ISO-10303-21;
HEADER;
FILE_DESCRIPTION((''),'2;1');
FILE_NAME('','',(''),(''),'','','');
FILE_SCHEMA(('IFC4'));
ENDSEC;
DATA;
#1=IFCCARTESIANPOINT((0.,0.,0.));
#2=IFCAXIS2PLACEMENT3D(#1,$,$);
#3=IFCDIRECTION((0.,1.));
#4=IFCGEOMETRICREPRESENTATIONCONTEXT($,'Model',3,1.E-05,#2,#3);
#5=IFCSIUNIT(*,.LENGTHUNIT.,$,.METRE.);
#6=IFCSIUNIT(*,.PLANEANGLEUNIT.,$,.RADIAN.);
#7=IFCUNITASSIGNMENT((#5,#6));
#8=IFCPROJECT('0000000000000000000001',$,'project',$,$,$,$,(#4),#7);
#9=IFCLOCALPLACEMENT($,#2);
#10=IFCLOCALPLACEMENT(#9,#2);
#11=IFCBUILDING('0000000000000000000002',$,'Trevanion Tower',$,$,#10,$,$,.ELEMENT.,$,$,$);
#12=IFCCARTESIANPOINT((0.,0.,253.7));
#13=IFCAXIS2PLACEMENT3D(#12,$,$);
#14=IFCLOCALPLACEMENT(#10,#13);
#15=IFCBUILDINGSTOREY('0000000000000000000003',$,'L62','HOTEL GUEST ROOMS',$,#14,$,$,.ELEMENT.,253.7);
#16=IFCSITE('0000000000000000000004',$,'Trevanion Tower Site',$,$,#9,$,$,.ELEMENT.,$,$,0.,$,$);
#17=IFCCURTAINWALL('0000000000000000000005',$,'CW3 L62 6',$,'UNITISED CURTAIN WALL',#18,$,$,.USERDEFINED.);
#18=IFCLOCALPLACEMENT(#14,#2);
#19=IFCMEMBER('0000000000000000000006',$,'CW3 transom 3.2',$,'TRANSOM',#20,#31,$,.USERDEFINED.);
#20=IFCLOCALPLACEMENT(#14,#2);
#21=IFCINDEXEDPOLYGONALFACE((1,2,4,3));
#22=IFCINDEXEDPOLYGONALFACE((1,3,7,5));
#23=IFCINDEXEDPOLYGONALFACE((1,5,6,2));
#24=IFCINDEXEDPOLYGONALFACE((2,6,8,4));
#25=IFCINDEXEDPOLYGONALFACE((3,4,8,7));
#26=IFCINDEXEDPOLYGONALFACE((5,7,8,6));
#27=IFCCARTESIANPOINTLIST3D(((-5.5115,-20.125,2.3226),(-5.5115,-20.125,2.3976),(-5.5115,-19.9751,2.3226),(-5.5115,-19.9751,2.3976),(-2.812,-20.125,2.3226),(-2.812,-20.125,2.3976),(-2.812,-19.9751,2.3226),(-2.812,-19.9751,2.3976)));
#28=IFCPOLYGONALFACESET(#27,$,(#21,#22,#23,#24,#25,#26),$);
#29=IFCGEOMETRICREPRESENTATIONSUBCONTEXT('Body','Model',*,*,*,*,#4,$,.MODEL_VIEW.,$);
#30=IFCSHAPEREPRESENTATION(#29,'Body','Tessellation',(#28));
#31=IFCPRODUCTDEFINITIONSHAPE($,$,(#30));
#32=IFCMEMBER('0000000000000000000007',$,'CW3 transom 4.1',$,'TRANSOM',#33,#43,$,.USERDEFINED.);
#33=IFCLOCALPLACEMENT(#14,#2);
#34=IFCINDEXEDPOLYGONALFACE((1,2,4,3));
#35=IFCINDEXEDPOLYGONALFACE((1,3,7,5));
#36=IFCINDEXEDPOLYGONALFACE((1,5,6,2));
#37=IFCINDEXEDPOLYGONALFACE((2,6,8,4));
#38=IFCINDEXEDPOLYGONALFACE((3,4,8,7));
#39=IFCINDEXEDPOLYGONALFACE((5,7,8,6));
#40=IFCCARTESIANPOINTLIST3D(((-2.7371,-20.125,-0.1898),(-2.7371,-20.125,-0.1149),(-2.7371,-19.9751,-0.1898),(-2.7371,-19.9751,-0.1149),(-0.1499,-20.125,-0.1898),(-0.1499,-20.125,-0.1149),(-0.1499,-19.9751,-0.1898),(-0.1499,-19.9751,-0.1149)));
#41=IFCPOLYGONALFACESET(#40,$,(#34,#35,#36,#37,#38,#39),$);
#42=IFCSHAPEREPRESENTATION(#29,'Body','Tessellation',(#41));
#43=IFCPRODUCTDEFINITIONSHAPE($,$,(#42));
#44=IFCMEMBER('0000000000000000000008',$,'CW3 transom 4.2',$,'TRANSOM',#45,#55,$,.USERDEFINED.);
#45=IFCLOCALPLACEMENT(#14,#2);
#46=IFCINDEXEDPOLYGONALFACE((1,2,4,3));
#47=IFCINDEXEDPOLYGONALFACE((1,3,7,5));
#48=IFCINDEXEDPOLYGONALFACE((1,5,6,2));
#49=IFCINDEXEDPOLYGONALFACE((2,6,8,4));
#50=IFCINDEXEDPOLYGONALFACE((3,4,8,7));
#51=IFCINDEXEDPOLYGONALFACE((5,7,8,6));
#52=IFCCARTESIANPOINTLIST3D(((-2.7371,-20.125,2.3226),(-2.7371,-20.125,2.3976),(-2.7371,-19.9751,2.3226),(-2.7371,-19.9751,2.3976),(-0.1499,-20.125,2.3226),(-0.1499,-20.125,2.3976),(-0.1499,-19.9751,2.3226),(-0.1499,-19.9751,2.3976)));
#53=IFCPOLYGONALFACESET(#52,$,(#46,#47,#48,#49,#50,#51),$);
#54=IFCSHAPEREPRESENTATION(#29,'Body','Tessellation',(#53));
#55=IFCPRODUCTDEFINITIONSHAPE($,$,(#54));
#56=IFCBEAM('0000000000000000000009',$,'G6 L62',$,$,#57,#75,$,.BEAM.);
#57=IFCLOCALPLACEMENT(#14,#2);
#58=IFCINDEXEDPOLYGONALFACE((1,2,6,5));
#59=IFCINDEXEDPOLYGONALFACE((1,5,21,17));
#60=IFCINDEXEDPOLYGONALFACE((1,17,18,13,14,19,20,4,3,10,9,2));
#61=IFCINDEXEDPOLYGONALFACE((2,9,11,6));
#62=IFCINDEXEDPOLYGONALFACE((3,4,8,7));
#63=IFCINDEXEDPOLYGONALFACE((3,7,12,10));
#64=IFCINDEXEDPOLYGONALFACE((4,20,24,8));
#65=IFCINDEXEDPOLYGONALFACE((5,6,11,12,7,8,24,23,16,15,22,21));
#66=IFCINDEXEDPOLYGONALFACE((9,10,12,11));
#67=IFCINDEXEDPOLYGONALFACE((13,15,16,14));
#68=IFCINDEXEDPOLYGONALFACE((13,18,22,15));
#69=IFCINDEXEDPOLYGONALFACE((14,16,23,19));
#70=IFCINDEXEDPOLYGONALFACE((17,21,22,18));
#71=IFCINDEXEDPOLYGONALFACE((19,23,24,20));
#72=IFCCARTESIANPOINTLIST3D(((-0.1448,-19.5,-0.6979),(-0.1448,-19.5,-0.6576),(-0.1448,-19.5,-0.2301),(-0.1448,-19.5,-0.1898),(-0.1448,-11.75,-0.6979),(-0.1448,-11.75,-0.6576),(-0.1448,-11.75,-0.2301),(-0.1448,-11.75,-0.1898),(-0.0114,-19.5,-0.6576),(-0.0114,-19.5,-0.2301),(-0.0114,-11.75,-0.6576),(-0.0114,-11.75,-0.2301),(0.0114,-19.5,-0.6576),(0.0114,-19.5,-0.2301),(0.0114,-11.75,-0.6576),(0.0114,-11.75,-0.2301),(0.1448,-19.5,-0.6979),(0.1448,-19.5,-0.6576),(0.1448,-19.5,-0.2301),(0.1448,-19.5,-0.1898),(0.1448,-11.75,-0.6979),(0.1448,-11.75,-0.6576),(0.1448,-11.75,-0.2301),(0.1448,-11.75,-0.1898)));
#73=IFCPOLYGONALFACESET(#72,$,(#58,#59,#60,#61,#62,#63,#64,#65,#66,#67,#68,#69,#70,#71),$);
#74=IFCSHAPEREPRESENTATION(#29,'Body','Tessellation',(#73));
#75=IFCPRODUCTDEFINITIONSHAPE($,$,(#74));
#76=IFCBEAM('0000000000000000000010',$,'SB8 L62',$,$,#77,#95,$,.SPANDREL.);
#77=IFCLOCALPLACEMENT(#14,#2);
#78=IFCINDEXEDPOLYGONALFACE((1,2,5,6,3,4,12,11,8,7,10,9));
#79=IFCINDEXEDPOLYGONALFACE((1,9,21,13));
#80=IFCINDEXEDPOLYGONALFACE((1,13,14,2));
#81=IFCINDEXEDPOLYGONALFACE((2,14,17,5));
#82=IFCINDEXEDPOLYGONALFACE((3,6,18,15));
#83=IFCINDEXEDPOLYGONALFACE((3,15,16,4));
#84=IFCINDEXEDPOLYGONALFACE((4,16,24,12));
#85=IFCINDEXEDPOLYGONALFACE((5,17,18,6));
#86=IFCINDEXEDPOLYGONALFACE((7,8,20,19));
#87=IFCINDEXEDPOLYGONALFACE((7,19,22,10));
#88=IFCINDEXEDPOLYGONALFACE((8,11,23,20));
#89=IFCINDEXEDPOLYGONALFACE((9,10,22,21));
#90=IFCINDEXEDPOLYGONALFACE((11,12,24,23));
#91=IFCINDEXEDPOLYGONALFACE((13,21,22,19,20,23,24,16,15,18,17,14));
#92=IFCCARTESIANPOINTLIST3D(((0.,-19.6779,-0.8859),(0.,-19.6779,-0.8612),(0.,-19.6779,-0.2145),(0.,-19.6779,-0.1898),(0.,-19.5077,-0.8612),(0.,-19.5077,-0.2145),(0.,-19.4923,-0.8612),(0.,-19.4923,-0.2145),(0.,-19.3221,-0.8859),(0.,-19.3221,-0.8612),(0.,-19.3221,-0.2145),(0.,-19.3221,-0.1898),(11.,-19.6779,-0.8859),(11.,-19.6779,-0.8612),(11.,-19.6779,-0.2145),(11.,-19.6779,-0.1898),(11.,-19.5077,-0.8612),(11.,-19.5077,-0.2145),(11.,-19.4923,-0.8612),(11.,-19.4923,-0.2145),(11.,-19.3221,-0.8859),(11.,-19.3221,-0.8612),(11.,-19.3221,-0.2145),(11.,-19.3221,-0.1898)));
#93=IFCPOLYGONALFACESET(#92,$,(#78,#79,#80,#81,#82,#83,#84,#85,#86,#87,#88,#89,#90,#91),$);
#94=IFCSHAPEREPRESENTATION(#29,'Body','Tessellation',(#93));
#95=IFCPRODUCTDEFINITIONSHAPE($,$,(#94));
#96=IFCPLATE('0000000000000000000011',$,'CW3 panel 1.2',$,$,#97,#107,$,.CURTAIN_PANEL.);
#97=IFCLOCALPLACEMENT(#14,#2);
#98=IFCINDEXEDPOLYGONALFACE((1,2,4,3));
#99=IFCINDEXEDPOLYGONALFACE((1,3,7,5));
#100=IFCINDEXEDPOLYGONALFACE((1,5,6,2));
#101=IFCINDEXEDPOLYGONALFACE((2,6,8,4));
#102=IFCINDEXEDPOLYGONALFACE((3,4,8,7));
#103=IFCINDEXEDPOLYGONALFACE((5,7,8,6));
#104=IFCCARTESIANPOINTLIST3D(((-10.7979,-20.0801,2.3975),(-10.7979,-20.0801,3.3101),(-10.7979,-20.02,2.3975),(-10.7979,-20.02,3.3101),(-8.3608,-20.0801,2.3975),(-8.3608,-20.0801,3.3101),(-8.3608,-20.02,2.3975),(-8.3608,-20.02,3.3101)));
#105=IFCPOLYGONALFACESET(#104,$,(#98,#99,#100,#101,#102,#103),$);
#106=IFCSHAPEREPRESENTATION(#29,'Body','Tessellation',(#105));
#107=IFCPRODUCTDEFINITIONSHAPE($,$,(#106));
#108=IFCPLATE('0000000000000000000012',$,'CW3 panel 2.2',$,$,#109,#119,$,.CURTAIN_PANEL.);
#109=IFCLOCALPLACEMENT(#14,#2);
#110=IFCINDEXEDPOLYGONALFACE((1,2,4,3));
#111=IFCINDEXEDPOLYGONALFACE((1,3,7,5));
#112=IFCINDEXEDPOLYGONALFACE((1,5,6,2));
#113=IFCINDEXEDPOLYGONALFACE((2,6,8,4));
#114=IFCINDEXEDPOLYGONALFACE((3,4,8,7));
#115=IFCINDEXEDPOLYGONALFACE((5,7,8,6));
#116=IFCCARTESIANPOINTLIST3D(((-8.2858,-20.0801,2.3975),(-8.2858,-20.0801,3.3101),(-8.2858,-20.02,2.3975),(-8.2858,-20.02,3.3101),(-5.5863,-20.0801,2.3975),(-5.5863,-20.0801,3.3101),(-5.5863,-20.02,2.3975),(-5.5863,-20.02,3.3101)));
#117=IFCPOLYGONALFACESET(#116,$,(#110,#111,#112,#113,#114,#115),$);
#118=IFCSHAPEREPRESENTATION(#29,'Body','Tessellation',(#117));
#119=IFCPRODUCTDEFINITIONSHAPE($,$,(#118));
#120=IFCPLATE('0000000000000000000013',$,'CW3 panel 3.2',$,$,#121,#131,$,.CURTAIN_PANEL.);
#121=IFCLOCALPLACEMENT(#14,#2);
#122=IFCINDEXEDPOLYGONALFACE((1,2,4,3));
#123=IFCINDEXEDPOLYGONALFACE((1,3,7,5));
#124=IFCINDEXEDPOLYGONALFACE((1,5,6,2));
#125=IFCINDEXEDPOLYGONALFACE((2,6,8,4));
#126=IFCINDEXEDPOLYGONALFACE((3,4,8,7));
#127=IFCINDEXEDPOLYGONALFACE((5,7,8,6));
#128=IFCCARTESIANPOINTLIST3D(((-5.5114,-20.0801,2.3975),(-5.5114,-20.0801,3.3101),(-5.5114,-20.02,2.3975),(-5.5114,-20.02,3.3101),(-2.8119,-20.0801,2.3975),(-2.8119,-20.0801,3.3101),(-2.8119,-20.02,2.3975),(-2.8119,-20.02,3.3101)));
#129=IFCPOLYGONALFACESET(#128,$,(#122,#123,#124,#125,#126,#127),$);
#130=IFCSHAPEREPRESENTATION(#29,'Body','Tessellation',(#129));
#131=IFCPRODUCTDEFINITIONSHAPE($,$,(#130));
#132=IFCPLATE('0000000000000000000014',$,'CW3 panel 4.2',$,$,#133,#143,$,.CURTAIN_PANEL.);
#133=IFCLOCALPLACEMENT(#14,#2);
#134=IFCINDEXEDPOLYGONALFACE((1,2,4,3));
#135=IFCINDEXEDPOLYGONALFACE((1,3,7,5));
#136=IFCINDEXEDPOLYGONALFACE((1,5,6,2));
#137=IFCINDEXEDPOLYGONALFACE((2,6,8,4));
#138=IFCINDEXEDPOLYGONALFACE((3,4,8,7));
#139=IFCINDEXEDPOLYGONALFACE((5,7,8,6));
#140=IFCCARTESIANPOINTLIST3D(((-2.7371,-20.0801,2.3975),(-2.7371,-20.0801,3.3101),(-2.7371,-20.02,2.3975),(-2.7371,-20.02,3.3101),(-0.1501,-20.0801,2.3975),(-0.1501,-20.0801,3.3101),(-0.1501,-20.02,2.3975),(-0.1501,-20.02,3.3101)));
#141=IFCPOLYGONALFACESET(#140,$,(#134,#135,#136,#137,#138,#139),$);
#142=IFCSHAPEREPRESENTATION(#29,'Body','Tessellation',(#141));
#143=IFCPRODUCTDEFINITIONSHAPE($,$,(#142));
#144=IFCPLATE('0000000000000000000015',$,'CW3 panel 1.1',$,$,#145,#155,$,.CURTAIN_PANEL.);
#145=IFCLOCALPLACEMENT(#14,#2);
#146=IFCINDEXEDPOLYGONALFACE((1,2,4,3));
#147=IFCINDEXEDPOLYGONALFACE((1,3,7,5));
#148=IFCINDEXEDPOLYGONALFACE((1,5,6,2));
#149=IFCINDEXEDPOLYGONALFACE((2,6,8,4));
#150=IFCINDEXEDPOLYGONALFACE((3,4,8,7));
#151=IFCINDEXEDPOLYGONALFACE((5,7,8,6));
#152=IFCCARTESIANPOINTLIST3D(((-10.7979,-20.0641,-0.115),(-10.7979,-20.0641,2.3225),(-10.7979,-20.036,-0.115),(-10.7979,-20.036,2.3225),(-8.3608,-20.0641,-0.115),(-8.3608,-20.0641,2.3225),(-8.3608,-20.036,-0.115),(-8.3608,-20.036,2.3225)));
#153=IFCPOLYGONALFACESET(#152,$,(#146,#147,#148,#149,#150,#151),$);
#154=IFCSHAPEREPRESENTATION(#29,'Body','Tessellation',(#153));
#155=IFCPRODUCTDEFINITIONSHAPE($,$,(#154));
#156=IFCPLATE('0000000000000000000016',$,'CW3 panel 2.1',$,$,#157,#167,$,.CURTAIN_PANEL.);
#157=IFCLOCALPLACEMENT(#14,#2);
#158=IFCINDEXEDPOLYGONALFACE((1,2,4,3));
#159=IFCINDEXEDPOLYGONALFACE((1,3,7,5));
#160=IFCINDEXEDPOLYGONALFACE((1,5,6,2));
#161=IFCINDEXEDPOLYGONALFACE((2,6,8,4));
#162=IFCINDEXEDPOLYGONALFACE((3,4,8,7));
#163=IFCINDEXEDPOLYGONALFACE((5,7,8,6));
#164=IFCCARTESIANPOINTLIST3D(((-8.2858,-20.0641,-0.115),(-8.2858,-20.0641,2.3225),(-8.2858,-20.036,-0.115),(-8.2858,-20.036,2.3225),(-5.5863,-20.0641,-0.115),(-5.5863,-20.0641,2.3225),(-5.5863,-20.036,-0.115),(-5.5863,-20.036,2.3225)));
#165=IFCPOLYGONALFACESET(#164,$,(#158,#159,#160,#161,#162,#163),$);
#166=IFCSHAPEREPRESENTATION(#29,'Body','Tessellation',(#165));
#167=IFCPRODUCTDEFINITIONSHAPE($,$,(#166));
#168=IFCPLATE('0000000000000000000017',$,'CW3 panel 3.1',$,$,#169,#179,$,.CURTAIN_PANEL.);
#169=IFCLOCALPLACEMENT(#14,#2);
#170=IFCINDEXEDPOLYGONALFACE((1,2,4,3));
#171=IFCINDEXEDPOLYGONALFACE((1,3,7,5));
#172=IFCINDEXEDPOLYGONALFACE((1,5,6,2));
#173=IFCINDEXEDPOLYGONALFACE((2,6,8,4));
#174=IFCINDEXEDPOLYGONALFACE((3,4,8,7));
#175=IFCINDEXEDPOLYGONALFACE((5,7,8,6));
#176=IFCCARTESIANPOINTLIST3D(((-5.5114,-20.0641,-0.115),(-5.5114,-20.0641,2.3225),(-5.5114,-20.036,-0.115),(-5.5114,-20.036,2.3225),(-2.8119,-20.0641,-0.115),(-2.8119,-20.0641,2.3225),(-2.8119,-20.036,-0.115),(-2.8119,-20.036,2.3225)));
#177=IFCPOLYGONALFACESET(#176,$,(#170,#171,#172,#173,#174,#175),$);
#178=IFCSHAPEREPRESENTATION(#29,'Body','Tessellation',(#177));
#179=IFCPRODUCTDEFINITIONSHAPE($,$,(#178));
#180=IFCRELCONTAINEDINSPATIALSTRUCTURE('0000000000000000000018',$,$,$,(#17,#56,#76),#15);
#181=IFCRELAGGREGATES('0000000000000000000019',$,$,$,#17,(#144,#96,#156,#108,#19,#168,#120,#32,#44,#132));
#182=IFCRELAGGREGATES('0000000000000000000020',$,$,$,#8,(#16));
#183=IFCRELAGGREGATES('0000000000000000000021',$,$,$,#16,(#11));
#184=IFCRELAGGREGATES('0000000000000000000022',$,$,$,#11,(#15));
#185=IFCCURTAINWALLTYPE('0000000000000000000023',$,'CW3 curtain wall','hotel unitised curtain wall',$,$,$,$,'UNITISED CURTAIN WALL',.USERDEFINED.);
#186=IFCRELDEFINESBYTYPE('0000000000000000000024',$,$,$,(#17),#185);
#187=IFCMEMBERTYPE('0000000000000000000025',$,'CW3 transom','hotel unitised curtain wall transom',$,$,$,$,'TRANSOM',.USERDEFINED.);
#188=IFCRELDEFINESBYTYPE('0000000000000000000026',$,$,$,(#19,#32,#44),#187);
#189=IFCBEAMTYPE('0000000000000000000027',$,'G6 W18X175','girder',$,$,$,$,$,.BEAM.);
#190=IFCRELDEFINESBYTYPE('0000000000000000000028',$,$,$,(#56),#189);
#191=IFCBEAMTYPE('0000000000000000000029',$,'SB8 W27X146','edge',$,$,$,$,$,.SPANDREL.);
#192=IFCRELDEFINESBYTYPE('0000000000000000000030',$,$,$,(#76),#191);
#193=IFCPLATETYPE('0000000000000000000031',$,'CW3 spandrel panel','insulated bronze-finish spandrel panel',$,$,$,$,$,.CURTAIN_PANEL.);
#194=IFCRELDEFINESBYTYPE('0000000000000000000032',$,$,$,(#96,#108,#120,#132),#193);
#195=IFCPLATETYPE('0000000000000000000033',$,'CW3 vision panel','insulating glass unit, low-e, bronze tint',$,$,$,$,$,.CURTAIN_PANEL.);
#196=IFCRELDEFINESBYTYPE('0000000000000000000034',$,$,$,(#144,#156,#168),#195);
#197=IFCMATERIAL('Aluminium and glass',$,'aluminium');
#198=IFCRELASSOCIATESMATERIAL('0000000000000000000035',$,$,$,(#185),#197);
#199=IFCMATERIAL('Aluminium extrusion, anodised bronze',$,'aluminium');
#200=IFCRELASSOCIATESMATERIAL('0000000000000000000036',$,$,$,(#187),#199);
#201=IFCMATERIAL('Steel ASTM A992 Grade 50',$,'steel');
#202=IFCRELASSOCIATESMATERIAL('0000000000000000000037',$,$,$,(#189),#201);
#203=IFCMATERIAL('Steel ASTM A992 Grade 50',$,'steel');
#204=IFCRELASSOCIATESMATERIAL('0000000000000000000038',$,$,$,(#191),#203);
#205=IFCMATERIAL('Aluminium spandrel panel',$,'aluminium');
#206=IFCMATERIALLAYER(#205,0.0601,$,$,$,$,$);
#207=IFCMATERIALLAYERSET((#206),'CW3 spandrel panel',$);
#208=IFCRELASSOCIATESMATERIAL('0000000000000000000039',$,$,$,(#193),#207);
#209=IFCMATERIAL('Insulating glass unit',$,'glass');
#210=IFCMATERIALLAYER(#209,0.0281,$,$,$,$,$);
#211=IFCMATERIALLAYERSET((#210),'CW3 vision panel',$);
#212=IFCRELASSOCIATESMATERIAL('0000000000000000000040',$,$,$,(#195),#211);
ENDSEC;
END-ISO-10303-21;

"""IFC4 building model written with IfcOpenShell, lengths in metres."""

from ifc_helpers import new_model, si_unit, direction, frame, origin, origin_2d, place, context, subcontext, project, spatial, rectangle, i_section, extrude, material, layer, layer_set, material_profile, profile_set, type_object, element, aggregate, save


model = new_model("IFC4")

# Units and contexts
model_context = context("Model", 3, precision=1e-05, world=origin(), true_north=direction((0.0, 1.0)))
body_context = subcontext(model_context, "Body", "Model", "MODEL_VIEW")
ifc_project = project(units=[si_unit("LENGTHUNIT", "METRE"), si_unit("PLANEANGLEUNIT", "RADIAN")], contexts=[model_context])

# Site, building, storey
site_placement = place(None, origin())
site = spatial("IfcSite", under=ifc_project, at=site_placement, Name="Trevanion Tower Site", CompositionType="ELEMENT", RefElevation=0.0)
building_placement = place(site_placement, origin())
building = spatial("IfcBuilding", under=site, at=building_placement, Name="Trevanion Tower", CompositionType="ELEMENT")
storey_placement = place(building_placement, frame((0.0, 0.0, 253.7)))
storey = spatial("IfcBuildingStorey", under=building, at=storey_placement, Name="L62", Description="HOTEL GUEST ROOMS", CompositionType="ELEMENT", Elevation=253.7)

# Curtain wall, members
ifc_material_1 = material(Name="Aluminium and glass", Category="aluminium")
curtain_wall_type = type_object("IfcCurtainWallType", Name="CW3 curtain wall", Description="hotel unitised curtain wall", ElementType="UNITISED CURTAIN WALL", PredefinedType="USERDEFINED", material=ifc_material_1)
curtain_wall_placement = place(storey_placement, origin())
curtain_wall = element("IfcCurtainWall", 1, at=curtain_wall_placement, inside=storey, type_object=curtain_wall_type, Name="CW3 L62 6", ObjectType="UNITISED CURTAIN WALL", PredefinedType="USERDEFINED")
ifc_material_2 = material(Name="Aluminium extrusion, anodised bronze", Category="aluminium")
ifc_material_profile_1 = material_profile(ifc_material_2, rectangle(XDim=0.1499, YDim=0.075, at=origin_2d()), Name="CW3 transom")
ifc_profile_set_1 = profile_set([ifc_material_profile_1], Name="Aluminium extrusion, anodised bronze")
member_type_1 = type_object("IfcMemberType", Name="CW3 transom", Description="hotel unitised curtain wall transom", ElementType="TRANSOM", PredefinedType="USERDEFINED", material=ifc_profile_set_1)
member_1_placement = place(storey_placement, frame((-5.5115, -20.05, 2.3601), z_axis=(1.0, 0.0, 0.0), x_axis=(0.0, 1.0, 0.0)))
member_1 = element("IfcMember", 2, at=member_1_placement, type_object=member_type_1, Name="CW3 transom 3.2", ObjectType="TRANSOM", PredefinedType="USERDEFINED", context=body_context, shape_type="SweptSolid", body=[
    extrude(rectangle(XDim=0.1499, YDim=0.075, at=origin_2d()), origin(), (0.0, 0.0, 1.0), 2.6995),
])
member_2_placement = place(storey_placement, frame((-2.7371, -20.05, -0.1523), z_axis=(1.0, 0.0, 0.0), x_axis=(0.0, 1.0, 0.0)))
member_2 = element("IfcMember", 3, at=member_2_placement, type_object=member_type_1, Name="CW3 transom 4.1", ObjectType="TRANSOM", PredefinedType="USERDEFINED", context=body_context, shape_type="SweptSolid", body=[
    extrude(rectangle(XDim=0.1499, YDim=0.075, at=origin_2d()), origin(), (0.0, 0.0, 1.0), 2.5872),
])
member_3_placement = place(storey_placement, frame((-2.7371, -20.05, 2.3601), z_axis=(1.0, 0.0, 0.0), x_axis=(0.0, 1.0, 0.0)))
member_3 = element("IfcMember", 4, at=member_3_placement, type_object=member_type_1, Name="CW3 transom 4.2", ObjectType="TRANSOM", PredefinedType="USERDEFINED", context=body_context, shape_type="SweptSolid", body=[
    extrude(rectangle(XDim=0.1499, YDim=0.075, at=origin_2d()), origin(), (0.0, 0.0, 1.0), 2.5872),
])

# Beams
ifc_material_3 = material(Name="Steel ASTM A992 Grade 50", Category="steel")
ifc_material_profile_2 = material_profile(ifc_material_3, i_section(OverallWidth=0.2896, OverallDepth=0.5081, WebThickness=0.0227, FlangeThickness=0.0403, at=origin_2d()), Name="W18X175")
ifc_profile_set_2 = profile_set([ifc_material_profile_2], Name="Steel ASTM A992 Grade 50")
beam_type_1 = type_object("IfcBeamType", Name="G6 W18X175", Description="girder", PredefinedType="BEAM", material=ifc_profile_set_2)
beam_1_placement = place(storey_placement, frame((0.0, -11.75, -0.4438), z_axis=(0.0, -1.0, 0.0), x_axis=(1.0, 0.0, 0.0)))
element("IfcBeam", 5, at=beam_1_placement, inside=storey, type_object=beam_type_1, Name="G6 L62", PredefinedType="BEAM", context=body_context, shape_type="SweptSolid", body=[
    extrude(i_section(OverallWidth=0.2896, OverallDepth=0.5081, WebThickness=0.0227, FlangeThickness=0.0403, at=origin_2d()), origin(), (0.0, 0.0, 1.0), 7.75),
])
ifc_material_4 = material(Name="Steel ASTM A992 Grade 50", Category="steel")
ifc_material_profile_3 = material_profile(ifc_material_4, i_section(OverallWidth=0.3557, OverallDepth=0.696, WebThickness=0.0154, FlangeThickness=0.0247, at=origin_2d()), Name="W27X146")
ifc_profile_set_3 = profile_set([ifc_material_profile_3], Name="Steel ASTM A992 Grade 50")
beam_type_2 = type_object("IfcBeamType", Name="SB8 W27X146", Description="edge", PredefinedType="SPANDREL", material=ifc_profile_set_3)
beam_2_placement = place(storey_placement, frame((0.0, -19.5, -0.5378), z_axis=(1.0, 0.0, 0.0), x_axis=(0.0, 1.0, 0.0)))
element("IfcBeam", 6, at=beam_2_placement, inside=storey, type_object=beam_type_2, Name="SB8 L62", PredefinedType="SPANDREL", context=body_context, shape_type="SweptSolid", body=[
    extrude(i_section(OverallWidth=0.3557, OverallDepth=0.696, WebThickness=0.0154, FlangeThickness=0.0247, at=origin_2d()), origin(), (0.0, 0.0, 1.0), 11.0),
])

# Plates
ifc_material_5 = material(Name="Aluminium spandrel panel", Category="aluminium")
ifc_layer_1 = layer(ifc_material_5, 0.0601)
ifc_layer_set_1 = layer_set([ifc_layer_1], Name="CW3 spandrel panel")
plate_type_1 = type_object("IfcPlateType", Name="CW3 spandrel panel", Description="insulated bronze-finish spandrel panel", PredefinedType="CURTAIN_PANEL", material=ifc_layer_set_1)
plate_1_placement = place(storey_placement, frame((-9.5793, -20.05, 2.3975), z_axis=(0.0, 0.0, 1.0), x_axis=(1.0, 0.0, 0.0)))
plate_1 = element("IfcPlate", 7, at=plate_1_placement, type_object=plate_type_1, Name="CW3 panel 1.2", PredefinedType="CURTAIN_PANEL", context=body_context, shape_type="SweptSolid", body=[
    extrude(rectangle(XDim=2.437, YDim=0.0601, at=origin_2d()), origin(), (0.0, 0.0, 1.0), 0.9126),
])
plate_2_placement = place(storey_placement, frame((-6.936, -20.05, 2.3975), z_axis=(0.0, 0.0, 1.0), x_axis=(1.0, 0.0, 0.0)))
plate_2 = element("IfcPlate", 8, at=plate_2_placement, type_object=plate_type_1, Name="CW3 panel 2.2", PredefinedType="CURTAIN_PANEL", context=body_context, shape_type="SweptSolid", body=[
    extrude(rectangle(XDim=2.6995, YDim=0.0601, at=origin_2d()), origin(), (0.0, 0.0, 1.0), 0.9126),
])
plate_3_placement = place(storey_placement, frame((-4.1616, -20.05, 2.3975), z_axis=(0.0, 0.0, 1.0), x_axis=(1.0, 0.0, 0.0)))
plate_3 = element("IfcPlate", 9, at=plate_3_placement, type_object=plate_type_1, Name="CW3 panel 3.2", PredefinedType="CURTAIN_PANEL", context=body_context, shape_type="SweptSolid", body=[
    extrude(rectangle(XDim=2.6995, YDim=0.0601, at=origin_2d()), origin(), (0.0, 0.0, 1.0), 0.9126),
])
plate_4_placement = place(storey_placement, frame((-1.4436, -20.05, 2.3975), z_axis=(0.0, 0.0, 1.0), x_axis=(1.0, 0.0, 0.0)))
plate_4 = element("IfcPlate", 10, at=plate_4_placement, type_object=plate_type_1, Name="CW3 panel 4.2", PredefinedType="CURTAIN_PANEL", context=body_context, shape_type="SweptSolid", body=[
    extrude(rectangle(XDim=2.5869, YDim=0.0601, at=origin_2d()), origin(), (0.0, 0.0, 1.0), 0.9126),
])
ifc_material_6 = material(Name="Insulating glass unit", Category="glass")
ifc_layer_2 = layer(ifc_material_6, 0.0281)
ifc_layer_set_2 = layer_set([ifc_layer_2], Name="CW3 vision panel")
plate_type_2 = type_object("IfcPlateType", Name="CW3 vision panel", Description="insulating glass unit, low-e, bronze tint", PredefinedType="CURTAIN_PANEL", material=ifc_layer_set_2)
plate_5_placement = place(storey_placement, frame((-9.5793, -20.05, -0.115), z_axis=(0.0, 0.0, 1.0), x_axis=(1.0, 0.0, 0.0)))
plate_5 = element("IfcPlate", 11, at=plate_5_placement, type_object=plate_type_2, Name="CW3 panel 1.1", PredefinedType="CURTAIN_PANEL", context=body_context, shape_type="SweptSolid", body=[
    extrude(rectangle(XDim=2.437, YDim=0.0281, at=origin_2d()), origin(), (0.0, 0.0, 1.0), 2.4375),
])
plate_6_placement = place(storey_placement, frame((-6.936, -20.05, -0.115), z_axis=(0.0, 0.0, 1.0), x_axis=(1.0, 0.0, 0.0)))
plate_6 = element("IfcPlate", 12, at=plate_6_placement, type_object=plate_type_2, Name="CW3 panel 2.1", PredefinedType="CURTAIN_PANEL", context=body_context, shape_type="SweptSolid", body=[
    extrude(rectangle(XDim=2.6995, YDim=0.0281, at=origin_2d()), origin(), (0.0, 0.0, 1.0), 2.4375),
])
plate_7_placement = place(storey_placement, frame((-4.1616, -20.05, -0.115), z_axis=(0.0, 0.0, 1.0), x_axis=(1.0, 0.0, 0.0)))
plate_7 = element("IfcPlate", 13, at=plate_7_placement, type_object=plate_type_2, Name="CW3 panel 3.1", PredefinedType="CURTAIN_PANEL", context=body_context, shape_type="SweptSolid", body=[
    extrude(rectangle(XDim=2.6995, YDim=0.0281, at=origin_2d()), origin(), (0.0, 0.0, 1.0), 2.4375),
])
aggregate(curtain_wall, [plate_5, plate_1, plate_6, plate_2, member_1, plate_7, plate_3, member_2, member_3, plate_4])

save(model, "model.ifc")
